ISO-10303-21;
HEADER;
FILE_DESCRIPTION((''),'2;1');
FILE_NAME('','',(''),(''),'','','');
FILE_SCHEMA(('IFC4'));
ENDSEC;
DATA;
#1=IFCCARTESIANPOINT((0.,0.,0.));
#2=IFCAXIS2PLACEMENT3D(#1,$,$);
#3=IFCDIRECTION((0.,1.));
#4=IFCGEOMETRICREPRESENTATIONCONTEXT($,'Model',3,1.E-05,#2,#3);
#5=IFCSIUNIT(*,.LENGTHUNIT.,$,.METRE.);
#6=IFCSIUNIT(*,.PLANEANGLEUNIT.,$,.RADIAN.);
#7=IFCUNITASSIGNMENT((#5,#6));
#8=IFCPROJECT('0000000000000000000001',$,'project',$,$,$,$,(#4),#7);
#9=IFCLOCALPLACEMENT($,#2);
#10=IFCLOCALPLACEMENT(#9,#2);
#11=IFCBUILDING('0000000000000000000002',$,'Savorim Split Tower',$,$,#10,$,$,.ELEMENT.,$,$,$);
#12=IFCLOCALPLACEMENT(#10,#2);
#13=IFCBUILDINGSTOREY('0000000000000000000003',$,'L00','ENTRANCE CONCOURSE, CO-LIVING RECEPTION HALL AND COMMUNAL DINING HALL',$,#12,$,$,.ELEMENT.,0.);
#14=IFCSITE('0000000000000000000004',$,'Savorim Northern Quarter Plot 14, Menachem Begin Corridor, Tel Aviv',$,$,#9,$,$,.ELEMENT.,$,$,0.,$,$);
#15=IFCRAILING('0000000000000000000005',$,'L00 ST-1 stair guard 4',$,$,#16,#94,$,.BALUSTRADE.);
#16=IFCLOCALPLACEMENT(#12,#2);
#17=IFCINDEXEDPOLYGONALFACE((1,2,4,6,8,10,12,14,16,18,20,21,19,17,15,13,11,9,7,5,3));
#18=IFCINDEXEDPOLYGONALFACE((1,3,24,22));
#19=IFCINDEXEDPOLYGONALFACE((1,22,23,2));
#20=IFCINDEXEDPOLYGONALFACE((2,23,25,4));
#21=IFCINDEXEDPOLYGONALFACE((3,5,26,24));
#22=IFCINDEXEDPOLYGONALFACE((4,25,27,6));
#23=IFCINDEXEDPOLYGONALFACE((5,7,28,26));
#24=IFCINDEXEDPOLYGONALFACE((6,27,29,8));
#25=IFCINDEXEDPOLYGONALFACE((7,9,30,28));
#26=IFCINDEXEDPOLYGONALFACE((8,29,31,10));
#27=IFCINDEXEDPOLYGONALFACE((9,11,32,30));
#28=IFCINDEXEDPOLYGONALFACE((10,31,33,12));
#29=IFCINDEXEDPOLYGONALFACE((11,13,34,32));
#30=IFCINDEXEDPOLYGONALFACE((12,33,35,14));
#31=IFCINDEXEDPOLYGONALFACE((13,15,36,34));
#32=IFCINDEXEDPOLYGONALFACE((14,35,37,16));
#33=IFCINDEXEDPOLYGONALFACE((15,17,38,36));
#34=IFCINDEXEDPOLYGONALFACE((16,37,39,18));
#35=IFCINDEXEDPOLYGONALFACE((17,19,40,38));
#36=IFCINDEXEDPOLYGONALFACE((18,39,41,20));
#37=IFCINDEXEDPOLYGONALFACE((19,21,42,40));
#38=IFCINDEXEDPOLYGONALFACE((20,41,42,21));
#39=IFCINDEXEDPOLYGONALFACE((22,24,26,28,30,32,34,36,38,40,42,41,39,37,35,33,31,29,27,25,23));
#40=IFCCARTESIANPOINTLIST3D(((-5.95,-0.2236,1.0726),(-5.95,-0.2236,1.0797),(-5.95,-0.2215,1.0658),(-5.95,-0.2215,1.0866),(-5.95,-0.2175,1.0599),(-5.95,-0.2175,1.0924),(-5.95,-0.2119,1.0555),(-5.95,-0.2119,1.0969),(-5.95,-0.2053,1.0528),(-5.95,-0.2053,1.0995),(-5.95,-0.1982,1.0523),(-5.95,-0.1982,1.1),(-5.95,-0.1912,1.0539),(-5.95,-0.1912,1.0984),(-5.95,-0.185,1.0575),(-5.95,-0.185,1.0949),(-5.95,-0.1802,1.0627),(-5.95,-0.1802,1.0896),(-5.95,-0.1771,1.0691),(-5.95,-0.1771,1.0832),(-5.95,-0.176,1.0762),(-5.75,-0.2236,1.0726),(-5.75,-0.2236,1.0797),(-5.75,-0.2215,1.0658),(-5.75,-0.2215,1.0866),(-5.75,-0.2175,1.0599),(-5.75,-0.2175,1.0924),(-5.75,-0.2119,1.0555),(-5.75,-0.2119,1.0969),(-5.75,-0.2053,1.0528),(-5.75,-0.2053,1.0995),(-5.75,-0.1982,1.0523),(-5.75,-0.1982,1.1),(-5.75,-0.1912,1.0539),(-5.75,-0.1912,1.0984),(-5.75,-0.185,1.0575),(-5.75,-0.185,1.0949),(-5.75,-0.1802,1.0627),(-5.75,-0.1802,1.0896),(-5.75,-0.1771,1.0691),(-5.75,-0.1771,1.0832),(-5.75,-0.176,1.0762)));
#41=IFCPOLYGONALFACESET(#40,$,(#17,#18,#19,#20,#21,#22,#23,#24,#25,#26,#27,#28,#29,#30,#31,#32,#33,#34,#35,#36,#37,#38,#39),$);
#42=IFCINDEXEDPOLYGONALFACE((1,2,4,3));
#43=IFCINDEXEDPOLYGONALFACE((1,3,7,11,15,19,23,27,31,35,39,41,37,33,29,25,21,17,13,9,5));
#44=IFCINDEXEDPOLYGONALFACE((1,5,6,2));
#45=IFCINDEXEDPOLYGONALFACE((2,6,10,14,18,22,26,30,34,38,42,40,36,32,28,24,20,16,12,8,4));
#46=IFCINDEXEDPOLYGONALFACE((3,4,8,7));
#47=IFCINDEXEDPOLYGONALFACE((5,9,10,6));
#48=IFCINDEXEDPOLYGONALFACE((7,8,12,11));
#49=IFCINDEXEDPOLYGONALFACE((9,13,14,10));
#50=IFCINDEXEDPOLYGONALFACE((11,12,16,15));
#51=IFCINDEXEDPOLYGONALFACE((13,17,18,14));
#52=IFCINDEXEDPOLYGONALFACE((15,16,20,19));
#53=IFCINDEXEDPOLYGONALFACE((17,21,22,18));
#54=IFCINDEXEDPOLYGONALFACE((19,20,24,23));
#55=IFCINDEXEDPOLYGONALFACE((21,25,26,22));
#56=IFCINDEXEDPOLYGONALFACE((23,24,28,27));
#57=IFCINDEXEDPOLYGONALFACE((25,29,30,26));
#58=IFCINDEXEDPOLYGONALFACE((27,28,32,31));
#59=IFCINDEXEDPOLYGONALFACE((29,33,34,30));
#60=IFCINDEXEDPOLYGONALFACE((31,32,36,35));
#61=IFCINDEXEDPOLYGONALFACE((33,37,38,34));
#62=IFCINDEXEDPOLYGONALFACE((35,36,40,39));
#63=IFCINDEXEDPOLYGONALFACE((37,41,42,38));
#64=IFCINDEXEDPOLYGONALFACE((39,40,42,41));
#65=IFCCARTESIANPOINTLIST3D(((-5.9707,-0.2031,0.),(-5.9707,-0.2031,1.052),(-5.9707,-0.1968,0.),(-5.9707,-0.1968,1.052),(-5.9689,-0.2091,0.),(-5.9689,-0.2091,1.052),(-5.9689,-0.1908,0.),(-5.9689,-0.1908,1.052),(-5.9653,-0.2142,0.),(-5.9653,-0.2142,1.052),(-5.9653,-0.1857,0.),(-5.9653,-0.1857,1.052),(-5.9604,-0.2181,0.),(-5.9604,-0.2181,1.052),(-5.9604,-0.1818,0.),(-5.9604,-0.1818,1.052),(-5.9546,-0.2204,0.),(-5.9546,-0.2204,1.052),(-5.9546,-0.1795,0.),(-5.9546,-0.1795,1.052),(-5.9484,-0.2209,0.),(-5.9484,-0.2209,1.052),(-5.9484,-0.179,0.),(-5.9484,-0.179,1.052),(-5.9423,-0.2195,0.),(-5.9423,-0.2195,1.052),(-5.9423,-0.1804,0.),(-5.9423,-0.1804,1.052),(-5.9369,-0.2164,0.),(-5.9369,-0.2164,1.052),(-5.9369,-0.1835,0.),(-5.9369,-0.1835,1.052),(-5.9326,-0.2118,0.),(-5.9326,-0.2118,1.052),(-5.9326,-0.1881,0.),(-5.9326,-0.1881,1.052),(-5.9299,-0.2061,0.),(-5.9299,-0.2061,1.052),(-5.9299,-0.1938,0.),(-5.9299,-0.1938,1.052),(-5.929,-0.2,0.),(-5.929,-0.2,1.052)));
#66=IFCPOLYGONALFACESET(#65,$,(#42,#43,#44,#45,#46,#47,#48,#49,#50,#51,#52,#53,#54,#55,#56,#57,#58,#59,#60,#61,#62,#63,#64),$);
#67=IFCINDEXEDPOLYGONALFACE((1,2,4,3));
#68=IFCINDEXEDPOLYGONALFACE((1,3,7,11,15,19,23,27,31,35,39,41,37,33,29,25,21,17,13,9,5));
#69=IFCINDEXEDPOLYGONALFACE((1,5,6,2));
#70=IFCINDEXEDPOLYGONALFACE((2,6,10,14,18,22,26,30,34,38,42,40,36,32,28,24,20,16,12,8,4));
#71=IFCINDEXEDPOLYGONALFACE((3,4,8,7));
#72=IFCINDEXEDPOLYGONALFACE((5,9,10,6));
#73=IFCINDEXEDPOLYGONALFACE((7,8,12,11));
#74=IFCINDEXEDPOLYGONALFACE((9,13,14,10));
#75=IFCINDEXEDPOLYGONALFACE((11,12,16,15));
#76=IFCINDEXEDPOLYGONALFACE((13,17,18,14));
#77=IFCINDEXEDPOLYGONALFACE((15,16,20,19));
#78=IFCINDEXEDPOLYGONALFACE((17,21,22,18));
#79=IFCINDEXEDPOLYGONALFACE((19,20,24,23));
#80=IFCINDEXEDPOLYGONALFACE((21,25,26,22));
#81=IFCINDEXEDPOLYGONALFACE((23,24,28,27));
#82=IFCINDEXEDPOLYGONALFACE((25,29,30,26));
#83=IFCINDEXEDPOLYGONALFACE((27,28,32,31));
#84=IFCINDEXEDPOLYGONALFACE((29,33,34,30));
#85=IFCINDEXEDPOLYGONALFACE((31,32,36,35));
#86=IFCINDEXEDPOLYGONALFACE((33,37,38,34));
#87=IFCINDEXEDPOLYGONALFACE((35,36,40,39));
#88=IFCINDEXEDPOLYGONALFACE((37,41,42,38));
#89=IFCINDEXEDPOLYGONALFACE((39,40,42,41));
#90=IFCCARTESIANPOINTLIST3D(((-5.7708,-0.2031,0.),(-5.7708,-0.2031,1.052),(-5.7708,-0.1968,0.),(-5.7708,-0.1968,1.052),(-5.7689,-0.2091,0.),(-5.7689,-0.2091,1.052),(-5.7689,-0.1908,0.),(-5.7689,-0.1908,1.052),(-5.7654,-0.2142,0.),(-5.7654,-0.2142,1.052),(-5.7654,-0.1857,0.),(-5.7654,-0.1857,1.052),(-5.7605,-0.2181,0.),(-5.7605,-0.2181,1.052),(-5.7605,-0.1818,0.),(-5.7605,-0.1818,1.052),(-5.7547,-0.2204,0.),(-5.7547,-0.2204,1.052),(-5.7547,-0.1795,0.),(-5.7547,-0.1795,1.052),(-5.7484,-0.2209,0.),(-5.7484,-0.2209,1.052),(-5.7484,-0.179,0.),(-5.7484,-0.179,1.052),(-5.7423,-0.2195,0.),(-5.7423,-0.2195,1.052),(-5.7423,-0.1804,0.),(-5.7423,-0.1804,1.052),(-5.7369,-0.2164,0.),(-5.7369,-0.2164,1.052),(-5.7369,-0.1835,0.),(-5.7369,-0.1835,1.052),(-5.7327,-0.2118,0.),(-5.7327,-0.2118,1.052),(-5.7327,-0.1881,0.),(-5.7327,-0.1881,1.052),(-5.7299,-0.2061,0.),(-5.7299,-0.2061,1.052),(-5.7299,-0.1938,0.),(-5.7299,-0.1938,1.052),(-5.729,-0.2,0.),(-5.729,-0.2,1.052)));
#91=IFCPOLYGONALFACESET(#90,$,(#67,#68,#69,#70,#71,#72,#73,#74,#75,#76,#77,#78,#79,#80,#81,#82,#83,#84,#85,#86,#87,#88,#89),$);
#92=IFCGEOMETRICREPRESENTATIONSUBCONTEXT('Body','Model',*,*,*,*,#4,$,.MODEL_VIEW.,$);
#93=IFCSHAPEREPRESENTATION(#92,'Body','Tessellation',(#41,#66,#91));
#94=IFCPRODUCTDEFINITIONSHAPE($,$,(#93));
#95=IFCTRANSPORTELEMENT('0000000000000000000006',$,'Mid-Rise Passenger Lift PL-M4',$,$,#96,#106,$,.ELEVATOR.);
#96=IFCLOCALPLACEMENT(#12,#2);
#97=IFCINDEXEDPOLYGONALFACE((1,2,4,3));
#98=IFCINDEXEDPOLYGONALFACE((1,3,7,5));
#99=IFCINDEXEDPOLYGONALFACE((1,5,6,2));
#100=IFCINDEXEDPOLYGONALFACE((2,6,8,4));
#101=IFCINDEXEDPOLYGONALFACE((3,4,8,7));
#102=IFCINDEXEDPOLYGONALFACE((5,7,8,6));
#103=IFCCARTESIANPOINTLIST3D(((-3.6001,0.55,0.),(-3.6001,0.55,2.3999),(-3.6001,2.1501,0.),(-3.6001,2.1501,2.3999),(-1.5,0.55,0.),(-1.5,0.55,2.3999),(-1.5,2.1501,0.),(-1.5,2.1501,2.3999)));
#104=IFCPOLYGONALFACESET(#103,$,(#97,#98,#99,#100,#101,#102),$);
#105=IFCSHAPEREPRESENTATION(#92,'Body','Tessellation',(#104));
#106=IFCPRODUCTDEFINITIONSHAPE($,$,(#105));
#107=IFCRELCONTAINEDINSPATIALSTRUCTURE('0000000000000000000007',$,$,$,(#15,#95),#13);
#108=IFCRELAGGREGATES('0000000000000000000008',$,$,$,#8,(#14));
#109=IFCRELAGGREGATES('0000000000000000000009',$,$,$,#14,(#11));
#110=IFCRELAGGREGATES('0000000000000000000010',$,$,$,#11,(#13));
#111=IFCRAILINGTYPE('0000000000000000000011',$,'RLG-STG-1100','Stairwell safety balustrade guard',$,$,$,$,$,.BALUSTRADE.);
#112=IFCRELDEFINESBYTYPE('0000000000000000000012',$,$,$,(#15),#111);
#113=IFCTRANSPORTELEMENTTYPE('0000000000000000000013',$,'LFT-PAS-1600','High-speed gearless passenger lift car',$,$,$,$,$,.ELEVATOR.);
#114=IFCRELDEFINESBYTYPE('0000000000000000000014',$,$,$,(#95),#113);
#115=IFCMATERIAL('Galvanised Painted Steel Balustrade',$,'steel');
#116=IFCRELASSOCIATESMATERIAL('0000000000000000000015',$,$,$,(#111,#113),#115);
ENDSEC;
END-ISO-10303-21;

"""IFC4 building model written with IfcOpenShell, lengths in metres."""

from ifc_helpers import new_model, si_unit, direction, frame, origin, origin_2d, place, context, subcontext, project, spatial, rectangle, circle, extrude, material, type_object, element, save


model = new_model("IFC4")

# Units and contexts
model_context = context("Model", 3, precision=1e-05, world=origin(), true_north=direction((0.0, 1.0)))
body_context = subcontext(model_context, "Body", "Model", "MODEL_VIEW")
ifc_project = project(units=[si_unit("LENGTHUNIT", "METRE"), si_unit("PLANEANGLEUNIT", "RADIAN")], contexts=[model_context])

# Site, building, storey
site_placement = place(None, origin())
site = spatial("IfcSite", under=ifc_project, at=site_placement, Name="Savorim Northern Quarter Plot 14, Menachem Begin Corridor, Tel Aviv", CompositionType="ELEMENT", RefElevation=0.0)
building_placement = place(site_placement, origin())
building = spatial("IfcBuilding", under=site, at=building_placement, Name="Savorim Split Tower", CompositionType="ELEMENT")
storey_placement = place(building_placement, origin())
storey = spatial("IfcBuildingStorey", under=building, at=storey_placement, Name="L00", Description="ENTRANCE CONCOURSE, CO-LIVING RECEPTION HALL AND COMMUNAL DINING HALL", CompositionType="ELEMENT", Elevation=0.0)

# Shared definitions
ifc_material_1 = material(Name="Galvanised Painted Steel Balustrade", Category="steel")

# Railing
railing_type = type_object("IfcRailingType", Name="RLG-STG-1100", Description="Stairwell safety balustrade guard", PredefinedType="BALUSTRADE", material=ifc_material_1)
railing_1_placement = place(storey_placement, frame((-5.95, -0.2, 0.0)))
element("IfcRailing", 1, at=railing_1_placement, inside=storey, type_object=railing_type, Name="L00 ST-1 stair guard 4", PredefinedType="BALUSTRADE", context=body_context, shape_type="SweptSolid", body=[
    extrude(circle(Radius=0.0239, at=origin_2d()), frame((0.0, 0.0, 1.0762), z_axis=(1.0, 0.0, 0.0), x_axis=(0.0, 1.0, 0.0)), (0.0, 0.0, 1.0), 0.2),
    extrude(circle(Radius=0.021, at=origin_2d()), origin(), (0.0, 0.0, 1.0), 1.052),
    extrude(circle(Radius=0.021, at=origin_2d()), frame((0.2, 0.0, 0.0)), (0.0, 0.0, 1.0), 1.052),
])

# Transport element
transport_element_type = type_object("IfcTransportElementType", Name="LFT-PAS-1600", Description="High-speed gearless passenger lift car", PredefinedType="ELEVATOR", material=ifc_material_1)
transport_element_placement = place(storey_placement, frame((-2.55, 1.3501, 0.0), z_axis=(0.0, 0.0, 1.0), x_axis=(1.0, 0.0, 0.0)))
element("IfcTransportElement", 2, at=transport_element_placement, inside=storey, type_object=transport_element_type, Name="Mid-Rise Passenger Lift PL-M4", PredefinedType="ELEVATOR", context=body_context, shape_type="SweptSolid", body=[
    extrude(rectangle(XDim=2.1001, YDim=1.6001, at=origin_2d()), origin(), (0.0, 0.0, 1.0), 2.3999),
])

save(model, "model.ifc")
